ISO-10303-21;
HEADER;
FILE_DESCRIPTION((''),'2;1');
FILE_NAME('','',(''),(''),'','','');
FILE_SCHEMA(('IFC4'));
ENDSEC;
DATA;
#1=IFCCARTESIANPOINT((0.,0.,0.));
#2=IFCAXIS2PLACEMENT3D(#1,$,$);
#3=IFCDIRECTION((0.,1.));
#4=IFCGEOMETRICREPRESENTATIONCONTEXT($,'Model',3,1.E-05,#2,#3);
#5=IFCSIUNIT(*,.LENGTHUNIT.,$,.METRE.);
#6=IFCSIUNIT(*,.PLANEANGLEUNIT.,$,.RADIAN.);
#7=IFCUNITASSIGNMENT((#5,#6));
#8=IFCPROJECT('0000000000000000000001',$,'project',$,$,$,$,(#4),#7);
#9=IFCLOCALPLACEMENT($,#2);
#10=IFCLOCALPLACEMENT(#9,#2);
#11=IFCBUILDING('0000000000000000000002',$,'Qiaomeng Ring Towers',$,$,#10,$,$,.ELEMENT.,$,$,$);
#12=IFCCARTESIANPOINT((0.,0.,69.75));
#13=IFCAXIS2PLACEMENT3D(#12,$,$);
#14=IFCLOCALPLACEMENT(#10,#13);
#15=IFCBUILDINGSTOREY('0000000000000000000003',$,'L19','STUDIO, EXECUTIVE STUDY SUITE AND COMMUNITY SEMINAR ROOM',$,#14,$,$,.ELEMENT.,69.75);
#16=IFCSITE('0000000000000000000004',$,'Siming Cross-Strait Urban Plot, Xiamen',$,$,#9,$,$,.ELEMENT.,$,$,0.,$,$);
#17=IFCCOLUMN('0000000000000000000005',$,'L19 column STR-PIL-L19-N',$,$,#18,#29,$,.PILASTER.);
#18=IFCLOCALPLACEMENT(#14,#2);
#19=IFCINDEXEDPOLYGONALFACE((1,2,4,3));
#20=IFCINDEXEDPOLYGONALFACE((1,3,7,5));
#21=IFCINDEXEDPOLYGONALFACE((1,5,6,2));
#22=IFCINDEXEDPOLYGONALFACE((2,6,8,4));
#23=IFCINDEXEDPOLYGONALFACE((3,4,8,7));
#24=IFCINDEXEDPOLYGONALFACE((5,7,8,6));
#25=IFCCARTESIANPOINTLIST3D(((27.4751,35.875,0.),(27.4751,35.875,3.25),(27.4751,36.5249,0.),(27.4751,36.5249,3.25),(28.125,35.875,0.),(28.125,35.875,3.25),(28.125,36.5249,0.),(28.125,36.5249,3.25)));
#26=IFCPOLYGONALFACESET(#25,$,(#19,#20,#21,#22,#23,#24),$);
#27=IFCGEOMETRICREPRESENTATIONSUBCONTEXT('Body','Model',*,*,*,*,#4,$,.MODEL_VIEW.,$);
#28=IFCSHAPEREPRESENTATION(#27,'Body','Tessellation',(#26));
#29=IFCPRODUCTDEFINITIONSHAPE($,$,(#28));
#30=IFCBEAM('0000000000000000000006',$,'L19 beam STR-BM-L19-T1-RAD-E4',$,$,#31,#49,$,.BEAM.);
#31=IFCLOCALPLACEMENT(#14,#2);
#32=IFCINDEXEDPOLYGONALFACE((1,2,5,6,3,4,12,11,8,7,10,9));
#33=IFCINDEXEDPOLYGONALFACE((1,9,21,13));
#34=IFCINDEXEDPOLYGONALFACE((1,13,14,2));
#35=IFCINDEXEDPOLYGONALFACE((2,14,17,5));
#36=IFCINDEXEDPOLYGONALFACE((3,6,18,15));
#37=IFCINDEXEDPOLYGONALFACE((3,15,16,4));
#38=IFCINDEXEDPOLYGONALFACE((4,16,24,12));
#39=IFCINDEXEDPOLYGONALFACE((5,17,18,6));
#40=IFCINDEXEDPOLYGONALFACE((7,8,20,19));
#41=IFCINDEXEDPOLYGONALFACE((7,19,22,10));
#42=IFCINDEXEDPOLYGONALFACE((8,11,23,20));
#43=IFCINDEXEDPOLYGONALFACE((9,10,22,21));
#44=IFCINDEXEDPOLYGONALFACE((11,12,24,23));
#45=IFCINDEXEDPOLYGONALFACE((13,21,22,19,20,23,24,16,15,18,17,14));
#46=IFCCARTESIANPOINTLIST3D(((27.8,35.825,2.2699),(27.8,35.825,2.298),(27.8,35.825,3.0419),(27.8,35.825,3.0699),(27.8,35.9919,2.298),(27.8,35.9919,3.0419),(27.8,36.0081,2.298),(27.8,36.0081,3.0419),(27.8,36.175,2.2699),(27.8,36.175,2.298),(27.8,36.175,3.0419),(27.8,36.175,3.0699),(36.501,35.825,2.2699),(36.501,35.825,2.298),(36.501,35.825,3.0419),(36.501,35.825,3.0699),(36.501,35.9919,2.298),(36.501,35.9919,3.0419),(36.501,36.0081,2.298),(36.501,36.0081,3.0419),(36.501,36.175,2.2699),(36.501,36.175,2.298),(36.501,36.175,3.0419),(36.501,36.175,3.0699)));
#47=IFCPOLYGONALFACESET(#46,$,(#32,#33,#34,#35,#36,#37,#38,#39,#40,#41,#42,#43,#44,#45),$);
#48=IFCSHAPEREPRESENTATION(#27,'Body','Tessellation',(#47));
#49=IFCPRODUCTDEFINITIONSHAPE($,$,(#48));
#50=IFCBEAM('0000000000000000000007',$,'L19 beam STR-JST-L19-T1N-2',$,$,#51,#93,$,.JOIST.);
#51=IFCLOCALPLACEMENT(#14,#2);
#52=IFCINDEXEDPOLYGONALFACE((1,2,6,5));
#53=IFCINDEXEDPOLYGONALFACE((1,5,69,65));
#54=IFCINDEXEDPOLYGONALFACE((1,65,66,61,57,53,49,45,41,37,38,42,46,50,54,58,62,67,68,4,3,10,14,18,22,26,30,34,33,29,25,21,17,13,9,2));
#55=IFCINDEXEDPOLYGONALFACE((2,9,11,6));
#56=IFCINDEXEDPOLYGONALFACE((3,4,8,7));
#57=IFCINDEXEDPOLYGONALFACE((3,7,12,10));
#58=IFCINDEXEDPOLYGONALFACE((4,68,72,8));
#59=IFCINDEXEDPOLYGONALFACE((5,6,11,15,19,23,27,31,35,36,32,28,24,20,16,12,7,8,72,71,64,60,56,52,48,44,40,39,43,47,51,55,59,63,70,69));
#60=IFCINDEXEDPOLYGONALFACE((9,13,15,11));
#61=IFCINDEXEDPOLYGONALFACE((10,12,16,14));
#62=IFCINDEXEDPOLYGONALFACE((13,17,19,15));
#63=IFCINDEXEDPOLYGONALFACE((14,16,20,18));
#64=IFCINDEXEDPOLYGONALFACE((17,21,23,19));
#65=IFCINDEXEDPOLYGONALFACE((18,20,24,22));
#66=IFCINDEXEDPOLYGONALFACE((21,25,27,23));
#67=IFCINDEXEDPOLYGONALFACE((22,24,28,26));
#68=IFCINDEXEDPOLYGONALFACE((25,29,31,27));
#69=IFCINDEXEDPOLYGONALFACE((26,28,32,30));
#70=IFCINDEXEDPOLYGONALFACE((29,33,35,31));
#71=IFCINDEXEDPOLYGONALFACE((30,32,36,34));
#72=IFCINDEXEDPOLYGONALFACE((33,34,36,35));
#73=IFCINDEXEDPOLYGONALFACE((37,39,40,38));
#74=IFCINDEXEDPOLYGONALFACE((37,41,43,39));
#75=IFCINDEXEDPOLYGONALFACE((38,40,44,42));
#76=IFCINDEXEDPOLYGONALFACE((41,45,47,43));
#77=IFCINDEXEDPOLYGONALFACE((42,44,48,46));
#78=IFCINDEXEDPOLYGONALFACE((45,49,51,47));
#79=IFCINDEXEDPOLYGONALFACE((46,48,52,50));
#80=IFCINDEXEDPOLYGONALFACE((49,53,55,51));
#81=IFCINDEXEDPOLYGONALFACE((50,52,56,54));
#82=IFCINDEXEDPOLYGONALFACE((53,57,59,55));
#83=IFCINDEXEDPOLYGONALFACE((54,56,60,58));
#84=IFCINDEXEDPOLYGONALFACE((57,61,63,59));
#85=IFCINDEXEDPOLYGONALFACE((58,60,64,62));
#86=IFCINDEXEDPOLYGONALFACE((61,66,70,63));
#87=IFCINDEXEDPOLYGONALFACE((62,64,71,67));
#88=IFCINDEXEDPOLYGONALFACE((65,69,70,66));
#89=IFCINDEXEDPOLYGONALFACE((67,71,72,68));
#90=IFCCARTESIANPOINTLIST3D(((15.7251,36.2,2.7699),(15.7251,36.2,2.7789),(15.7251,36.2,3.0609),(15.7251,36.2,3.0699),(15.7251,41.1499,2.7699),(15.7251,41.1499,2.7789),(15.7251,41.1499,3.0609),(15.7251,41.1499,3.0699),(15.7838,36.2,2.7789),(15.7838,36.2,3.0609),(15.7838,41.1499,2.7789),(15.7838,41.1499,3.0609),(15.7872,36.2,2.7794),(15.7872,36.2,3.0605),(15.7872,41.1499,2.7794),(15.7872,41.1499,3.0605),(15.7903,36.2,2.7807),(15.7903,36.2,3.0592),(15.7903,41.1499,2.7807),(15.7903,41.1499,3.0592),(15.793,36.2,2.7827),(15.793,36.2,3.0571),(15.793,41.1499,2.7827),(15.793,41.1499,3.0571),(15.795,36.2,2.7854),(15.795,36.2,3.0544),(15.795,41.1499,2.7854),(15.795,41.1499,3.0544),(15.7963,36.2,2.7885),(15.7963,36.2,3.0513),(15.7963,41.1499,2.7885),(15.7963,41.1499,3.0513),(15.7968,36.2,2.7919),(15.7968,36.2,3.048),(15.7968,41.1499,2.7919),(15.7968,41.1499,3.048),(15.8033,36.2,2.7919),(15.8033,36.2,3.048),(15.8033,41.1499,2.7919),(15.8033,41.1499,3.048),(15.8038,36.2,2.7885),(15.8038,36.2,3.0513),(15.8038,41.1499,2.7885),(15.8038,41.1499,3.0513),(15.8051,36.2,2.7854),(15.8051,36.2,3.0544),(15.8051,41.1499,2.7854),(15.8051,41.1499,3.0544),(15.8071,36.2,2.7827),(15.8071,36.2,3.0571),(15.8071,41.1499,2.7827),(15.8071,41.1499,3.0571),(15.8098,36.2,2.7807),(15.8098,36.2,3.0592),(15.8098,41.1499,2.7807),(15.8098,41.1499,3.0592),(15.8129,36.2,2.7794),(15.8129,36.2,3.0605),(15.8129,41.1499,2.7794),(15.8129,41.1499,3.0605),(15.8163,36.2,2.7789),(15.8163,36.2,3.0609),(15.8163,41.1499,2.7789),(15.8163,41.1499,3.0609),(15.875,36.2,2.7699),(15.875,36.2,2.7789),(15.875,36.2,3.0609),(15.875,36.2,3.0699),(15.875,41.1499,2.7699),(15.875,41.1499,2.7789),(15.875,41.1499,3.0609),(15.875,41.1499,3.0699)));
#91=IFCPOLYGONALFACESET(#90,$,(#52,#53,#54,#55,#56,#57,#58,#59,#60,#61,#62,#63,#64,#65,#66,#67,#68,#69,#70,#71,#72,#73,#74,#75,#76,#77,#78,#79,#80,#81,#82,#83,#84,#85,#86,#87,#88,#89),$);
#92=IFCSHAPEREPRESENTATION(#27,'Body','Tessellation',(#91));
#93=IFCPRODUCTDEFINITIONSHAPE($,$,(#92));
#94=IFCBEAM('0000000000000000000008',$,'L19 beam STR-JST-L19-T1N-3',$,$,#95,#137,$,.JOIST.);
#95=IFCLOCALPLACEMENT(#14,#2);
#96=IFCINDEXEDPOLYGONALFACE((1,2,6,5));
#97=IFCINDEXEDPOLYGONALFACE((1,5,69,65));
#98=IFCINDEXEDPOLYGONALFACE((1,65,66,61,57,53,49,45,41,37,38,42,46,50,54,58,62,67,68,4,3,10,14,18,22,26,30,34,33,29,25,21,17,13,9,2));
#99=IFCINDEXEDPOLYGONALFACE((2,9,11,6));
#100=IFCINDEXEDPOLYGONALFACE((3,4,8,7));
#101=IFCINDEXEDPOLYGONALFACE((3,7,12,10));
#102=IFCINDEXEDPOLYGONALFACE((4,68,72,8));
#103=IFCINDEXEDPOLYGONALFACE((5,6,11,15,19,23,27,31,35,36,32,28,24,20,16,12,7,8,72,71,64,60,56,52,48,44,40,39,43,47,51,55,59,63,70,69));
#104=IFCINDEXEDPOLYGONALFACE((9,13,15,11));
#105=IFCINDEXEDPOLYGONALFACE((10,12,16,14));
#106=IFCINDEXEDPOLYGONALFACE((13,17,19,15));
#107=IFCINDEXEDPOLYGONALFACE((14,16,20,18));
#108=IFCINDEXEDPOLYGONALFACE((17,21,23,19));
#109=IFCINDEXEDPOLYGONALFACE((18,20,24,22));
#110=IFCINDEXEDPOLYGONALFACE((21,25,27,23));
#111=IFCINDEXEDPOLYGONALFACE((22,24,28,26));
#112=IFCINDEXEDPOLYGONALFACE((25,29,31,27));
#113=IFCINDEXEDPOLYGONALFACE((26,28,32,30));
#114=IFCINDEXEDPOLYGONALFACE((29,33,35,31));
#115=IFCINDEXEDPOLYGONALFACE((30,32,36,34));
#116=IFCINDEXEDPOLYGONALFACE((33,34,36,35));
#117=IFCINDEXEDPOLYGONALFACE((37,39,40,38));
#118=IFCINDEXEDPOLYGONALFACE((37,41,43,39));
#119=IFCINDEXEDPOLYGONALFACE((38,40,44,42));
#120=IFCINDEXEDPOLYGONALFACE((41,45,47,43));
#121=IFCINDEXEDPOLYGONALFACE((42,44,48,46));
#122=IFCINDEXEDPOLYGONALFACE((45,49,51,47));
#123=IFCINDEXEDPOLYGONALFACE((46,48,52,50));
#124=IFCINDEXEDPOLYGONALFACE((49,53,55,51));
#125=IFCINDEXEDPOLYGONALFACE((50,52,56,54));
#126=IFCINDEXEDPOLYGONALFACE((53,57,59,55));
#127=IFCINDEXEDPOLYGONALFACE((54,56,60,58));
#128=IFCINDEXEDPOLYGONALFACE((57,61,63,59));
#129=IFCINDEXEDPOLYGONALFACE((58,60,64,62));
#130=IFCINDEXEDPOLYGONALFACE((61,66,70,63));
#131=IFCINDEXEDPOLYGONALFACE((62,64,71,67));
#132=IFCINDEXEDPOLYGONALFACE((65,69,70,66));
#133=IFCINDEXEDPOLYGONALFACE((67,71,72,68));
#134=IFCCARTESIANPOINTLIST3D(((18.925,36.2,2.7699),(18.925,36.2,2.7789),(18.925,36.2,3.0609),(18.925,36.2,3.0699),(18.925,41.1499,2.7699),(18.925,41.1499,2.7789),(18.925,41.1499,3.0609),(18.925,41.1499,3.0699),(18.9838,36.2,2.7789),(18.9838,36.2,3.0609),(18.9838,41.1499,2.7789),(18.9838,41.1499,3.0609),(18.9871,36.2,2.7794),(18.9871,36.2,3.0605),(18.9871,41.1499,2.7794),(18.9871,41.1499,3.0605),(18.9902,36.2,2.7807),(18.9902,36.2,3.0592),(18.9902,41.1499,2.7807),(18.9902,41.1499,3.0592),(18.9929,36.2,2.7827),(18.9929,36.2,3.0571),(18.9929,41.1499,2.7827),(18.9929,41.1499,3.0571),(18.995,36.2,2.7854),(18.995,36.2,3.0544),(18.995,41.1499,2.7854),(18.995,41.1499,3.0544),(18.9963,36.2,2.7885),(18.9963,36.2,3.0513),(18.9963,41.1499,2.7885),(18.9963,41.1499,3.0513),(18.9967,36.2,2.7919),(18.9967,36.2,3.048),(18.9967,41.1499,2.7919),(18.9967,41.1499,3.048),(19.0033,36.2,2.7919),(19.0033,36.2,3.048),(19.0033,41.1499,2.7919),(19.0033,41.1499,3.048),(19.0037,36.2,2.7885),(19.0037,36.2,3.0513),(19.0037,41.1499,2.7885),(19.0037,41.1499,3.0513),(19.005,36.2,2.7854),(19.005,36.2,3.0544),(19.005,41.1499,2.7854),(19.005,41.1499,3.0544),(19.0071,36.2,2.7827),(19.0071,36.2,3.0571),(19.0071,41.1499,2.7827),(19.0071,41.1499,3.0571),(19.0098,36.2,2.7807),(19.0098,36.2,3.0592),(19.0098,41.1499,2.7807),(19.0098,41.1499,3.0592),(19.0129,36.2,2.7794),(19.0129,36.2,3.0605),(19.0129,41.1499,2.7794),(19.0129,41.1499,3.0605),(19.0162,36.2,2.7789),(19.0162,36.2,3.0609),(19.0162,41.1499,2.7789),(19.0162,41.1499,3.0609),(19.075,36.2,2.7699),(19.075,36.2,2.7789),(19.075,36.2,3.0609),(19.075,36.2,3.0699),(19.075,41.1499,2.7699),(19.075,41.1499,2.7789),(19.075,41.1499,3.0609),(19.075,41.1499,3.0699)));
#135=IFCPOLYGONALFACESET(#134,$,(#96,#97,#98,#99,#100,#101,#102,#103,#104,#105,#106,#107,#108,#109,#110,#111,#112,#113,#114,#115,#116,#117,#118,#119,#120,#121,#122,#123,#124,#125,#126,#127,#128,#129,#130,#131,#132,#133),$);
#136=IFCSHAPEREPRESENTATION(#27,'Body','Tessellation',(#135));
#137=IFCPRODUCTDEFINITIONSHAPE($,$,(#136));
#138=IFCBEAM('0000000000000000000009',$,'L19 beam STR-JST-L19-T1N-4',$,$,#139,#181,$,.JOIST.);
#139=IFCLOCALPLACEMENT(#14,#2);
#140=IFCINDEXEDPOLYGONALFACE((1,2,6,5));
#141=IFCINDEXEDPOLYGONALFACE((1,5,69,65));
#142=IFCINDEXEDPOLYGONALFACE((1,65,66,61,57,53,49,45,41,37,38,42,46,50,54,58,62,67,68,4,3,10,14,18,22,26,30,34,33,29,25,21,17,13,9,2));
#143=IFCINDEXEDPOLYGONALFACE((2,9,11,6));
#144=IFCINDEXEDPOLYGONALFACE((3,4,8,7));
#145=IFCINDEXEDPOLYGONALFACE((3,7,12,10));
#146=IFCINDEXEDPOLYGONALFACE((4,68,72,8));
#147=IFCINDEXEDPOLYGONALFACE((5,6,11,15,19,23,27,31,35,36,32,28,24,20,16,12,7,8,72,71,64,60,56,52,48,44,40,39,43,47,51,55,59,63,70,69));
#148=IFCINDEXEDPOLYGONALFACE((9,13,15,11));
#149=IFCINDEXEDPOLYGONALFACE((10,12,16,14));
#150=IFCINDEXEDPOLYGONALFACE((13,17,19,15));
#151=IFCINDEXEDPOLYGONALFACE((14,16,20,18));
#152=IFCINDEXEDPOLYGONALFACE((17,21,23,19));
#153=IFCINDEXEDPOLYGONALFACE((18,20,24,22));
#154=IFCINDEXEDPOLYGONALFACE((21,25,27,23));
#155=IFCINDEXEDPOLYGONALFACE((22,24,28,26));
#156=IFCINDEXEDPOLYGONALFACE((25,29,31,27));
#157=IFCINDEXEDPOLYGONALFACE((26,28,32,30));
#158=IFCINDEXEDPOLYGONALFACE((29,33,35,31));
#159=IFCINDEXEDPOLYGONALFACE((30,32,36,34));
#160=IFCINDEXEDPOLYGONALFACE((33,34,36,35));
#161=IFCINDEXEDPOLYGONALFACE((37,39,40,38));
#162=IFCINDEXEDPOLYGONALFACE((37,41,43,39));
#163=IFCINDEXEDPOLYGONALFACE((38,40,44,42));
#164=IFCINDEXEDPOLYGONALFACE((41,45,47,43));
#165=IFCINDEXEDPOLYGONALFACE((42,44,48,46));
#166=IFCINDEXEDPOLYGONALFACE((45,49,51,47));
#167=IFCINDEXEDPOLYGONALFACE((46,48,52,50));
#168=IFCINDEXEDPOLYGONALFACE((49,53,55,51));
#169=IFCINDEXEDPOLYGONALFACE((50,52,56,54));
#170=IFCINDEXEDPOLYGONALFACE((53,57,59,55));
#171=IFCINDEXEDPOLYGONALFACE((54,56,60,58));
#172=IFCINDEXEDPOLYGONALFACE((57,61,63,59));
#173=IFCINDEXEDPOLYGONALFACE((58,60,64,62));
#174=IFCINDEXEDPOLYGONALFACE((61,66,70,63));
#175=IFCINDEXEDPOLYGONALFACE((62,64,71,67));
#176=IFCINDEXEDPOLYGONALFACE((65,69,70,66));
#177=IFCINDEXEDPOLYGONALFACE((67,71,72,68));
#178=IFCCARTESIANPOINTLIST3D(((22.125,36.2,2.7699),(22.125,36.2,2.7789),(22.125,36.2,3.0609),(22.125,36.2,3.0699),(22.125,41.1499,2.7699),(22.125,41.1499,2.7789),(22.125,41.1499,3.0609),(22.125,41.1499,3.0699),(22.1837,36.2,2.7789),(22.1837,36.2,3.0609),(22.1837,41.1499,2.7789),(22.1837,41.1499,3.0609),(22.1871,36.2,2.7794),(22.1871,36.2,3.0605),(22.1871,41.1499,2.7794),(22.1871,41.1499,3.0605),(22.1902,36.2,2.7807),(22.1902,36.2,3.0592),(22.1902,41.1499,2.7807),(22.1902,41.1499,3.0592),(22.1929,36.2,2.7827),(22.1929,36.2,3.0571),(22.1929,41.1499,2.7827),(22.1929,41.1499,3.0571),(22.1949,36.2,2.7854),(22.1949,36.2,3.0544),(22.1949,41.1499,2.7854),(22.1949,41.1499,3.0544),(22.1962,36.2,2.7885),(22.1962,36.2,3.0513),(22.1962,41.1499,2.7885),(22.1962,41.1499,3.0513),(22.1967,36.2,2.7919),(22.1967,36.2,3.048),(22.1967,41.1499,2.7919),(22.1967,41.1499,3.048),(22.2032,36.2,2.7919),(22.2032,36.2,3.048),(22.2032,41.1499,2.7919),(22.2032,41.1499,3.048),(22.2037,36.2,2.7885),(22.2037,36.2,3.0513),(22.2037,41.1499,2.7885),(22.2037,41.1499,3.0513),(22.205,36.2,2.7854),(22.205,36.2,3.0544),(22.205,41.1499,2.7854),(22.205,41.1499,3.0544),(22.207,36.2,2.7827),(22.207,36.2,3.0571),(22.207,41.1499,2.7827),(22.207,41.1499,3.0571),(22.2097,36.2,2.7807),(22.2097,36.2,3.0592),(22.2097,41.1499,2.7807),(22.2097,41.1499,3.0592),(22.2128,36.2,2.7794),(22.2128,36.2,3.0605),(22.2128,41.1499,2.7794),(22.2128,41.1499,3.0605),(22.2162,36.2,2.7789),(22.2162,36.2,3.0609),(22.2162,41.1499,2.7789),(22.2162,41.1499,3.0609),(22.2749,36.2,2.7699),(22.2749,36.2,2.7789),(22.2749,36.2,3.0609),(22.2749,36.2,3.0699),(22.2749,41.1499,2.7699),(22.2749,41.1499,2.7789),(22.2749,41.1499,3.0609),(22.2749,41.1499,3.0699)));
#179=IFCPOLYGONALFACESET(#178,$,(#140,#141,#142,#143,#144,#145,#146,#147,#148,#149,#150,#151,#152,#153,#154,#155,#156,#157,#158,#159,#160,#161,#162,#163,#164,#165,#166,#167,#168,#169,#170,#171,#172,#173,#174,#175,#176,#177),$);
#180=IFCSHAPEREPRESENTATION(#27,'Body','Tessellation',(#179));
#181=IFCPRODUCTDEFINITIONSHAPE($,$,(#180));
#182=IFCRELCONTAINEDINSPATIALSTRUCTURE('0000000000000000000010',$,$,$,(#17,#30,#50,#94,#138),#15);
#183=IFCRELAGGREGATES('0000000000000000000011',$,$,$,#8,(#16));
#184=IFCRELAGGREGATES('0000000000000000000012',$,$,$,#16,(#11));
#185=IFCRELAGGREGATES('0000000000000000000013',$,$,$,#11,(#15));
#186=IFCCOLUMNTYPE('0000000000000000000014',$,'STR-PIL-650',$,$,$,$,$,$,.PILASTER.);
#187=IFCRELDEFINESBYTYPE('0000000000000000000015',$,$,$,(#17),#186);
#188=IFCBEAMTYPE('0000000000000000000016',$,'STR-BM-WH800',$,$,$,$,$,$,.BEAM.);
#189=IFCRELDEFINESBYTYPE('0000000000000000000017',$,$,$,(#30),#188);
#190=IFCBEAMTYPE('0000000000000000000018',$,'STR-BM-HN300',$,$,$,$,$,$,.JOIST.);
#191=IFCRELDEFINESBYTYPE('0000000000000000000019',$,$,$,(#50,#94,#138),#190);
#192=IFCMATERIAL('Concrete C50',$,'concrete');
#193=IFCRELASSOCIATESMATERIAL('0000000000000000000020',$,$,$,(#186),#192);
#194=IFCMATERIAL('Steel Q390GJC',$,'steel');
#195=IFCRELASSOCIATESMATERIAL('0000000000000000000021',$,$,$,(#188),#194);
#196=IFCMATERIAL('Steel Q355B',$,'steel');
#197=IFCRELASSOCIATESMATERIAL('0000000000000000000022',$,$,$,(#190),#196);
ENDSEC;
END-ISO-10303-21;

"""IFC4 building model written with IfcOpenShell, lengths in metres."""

from ifc_helpers import new_model, si_unit, direction, frame, origin, origin_2d, place, context, subcontext, project, spatial, rectangle, i_section, extrude, source, transform, mapped, material, material_profile, profile_set, type_object, element, save


model = new_model("IFC4")

# Units and contexts
model_context = context("Model", 3, precision=1e-05, world=origin(), true_north=direction((0.0, 1.0)))
body_context = subcontext(model_context, "Body", "Model", "MODEL_VIEW")
ifc_project = project(units=[si_unit("LENGTHUNIT", "METRE"), si_unit("PLANEANGLEUNIT", "RADIAN")], contexts=[model_context])

# Site, building, storey
site_placement = place(None, origin())
site = spatial("IfcSite", under=ifc_project, at=site_placement, Name="Siming Cross-Strait Urban Plot, Xiamen", CompositionType="ELEMENT", RefElevation=0.0)
building_placement = place(site_placement, origin())
building = spatial("IfcBuilding", under=site, at=building_placement, Name="Qiaomeng Ring Towers", CompositionType="ELEMENT")
storey_placement = place(building_placement, frame((0.0, 0.0, 69.75)))
storey = spatial("IfcBuildingStorey", under=building, at=storey_placement, Name="L19", Description="STUDIO, EXECUTIVE STUDY SUITE AND COMMUNITY SEMINAR ROOM", CompositionType="ELEMENT", Elevation=69.75)

# Column
ifc_material_1 = material(Name="Concrete C50", Category="concrete")
ifc_material_profile_1 = material_profile(ifc_material_1, rectangle(XDim=0.6499, YDim=0.6499, at=origin_2d()), Name="RC COL 650x650")
ifc_profile_set_1 = profile_set([ifc_material_profile_1], Name="Concrete C50")
column_type = type_object("IfcColumnType", Name="STR-PIL-650", PredefinedType="PILASTER", material=ifc_profile_set_1)
shared_shape_1 = source(origin(), body_context, "Body", "SweptSolid", [
    extrude(rectangle(XDim=0.6499, YDim=0.6499, at=origin_2d()), origin(), (0.0, 0.0, 1.0), 3.25),
])
column_placement = place(storey_placement, frame((27.8, 36.2, 0.0), z_axis=(0.0, 0.0, 1.0), x_axis=(1.0, 0.0, 0.0)))
element("IfcColumn", 1, at=column_placement, inside=storey, type_object=column_type, Name="L19 column STR-PIL-L19-N", PredefinedType="PILASTER", context=body_context, shape_type="MappedRepresentation", body=[
    mapped(shared_shape_1, transform((0.0, 0.0, 0.0), x_axis=(1.0, 0.0, 0.0), y_axis=(0.0, 1.0, 0.0), z_axis=(0.0, 0.0, 1.0), scale=1.0)),
])

# Beams
ifc_material_2 = material(Name="Steel Q390GJC", Category="steel")
ifc_material_profile_2 = material_profile(ifc_material_2, i_section(OverallWidth=0.3501, OverallDepth=0.8, WebThickness=0.0161, FlangeThickness=0.0281, at=origin_2d()), Name="WH 800x350x16x28")
ifc_profile_set_2 = profile_set([ifc_material_profile_2], Name="Steel Q390GJC")
beam_type_1 = type_object("IfcBeamType", Name="STR-BM-WH800", PredefinedType="BEAM", material=ifc_profile_set_2)
shared_shape_2 = source(origin(), body_context, "Body", "SweptSolid", [
    extrude(i_section(OverallWidth=0.3501, OverallDepth=0.8, WebThickness=0.0161, FlangeThickness=0.0281, at=origin_2d()), origin(), (0.0, 0.0, 1.0), 8.7009),
])
beam_placement = place(storey_placement, frame((27.8, 36.0, 2.6699), z_axis=(1.0, 0.0, 0.0), x_axis=(0.0, 1.0, 0.0)))
element("IfcBeam", 2, at=beam_placement, inside=storey, type_object=beam_type_1, Name="L19 beam STR-BM-L19-T1-RAD-E4", PredefinedType="BEAM", context=body_context, shape_type="MappedRepresentation", body=[
    mapped(shared_shape_2, transform((0.0, 0.0, 0.0), x_axis=(1.0, 0.0, 0.0), y_axis=(0.0, 1.0, 0.0), z_axis=(0.0, 0.0, 1.0), scale=1.0)),
])
ifc_material_3 = material(Name="Steel Q355B", Category="steel")
ifc_material_profile_3 = material_profile(ifc_material_3, i_section(OverallWidth=0.1499, OverallDepth=0.3, WebThickness=0.0066, FlangeThickness=0.009, FilletRadius=0.0129, at=origin_2d()), Name="HN 300x150x6.5x9")
ifc_profile_set_3 = profile_set([ifc_material_profile_3], Name="Steel Q355B")
beam_type_2 = type_object("IfcBeamType", Name="STR-BM-HN300", PredefinedType="JOIST", material=ifc_profile_set_3)
shared_shape_3 = source(origin(), body_context, "Body", "SweptSolid", [
    extrude(i_section(OverallWidth=0.1499, OverallDepth=0.3, WebThickness=0.0066, FlangeThickness=0.009, FilletRadius=0.0129, at=origin_2d()), origin(), (0.0, 0.0, 1.0), 4.95),
])
for number, where, z_axis, x_axis, name in (
    (3, (15.8, 36.2, 2.9199), (0.0, 1.0, 0.0), (-1.0, 0.0, 0.0), "L19 beam STR-JST-L19-T1N-2"),
    (4, (19.0, 36.2, 2.9199), (0.0, 1.0, 0.0), (-1.0, 0.0, 0.0), "L19 beam STR-JST-L19-T1N-3"),
    (5, (22.2, 36.2, 2.9199), (0.0, 1.0, 0.0), (-1.0, 0.0, 0.0), "L19 beam STR-JST-L19-T1N-4"),
):
    element("IfcBeam", number, at=place(storey_placement, frame(where, z_axis=z_axis, x_axis=x_axis)), inside=storey, type_object=beam_type_2, Name=name, PredefinedType="JOIST", context=body_context, shape_type="MappedRepresentation", body=[
        mapped(shared_shape_3, transform((0.0, 0.0, 0.0), x_axis=(1.0, 0.0, 0.0), y_axis=(0.0, 1.0, 0.0), z_axis=(0.0, 0.0, 1.0), scale=1.0)),
    ])

save(model, "model.ifc")
